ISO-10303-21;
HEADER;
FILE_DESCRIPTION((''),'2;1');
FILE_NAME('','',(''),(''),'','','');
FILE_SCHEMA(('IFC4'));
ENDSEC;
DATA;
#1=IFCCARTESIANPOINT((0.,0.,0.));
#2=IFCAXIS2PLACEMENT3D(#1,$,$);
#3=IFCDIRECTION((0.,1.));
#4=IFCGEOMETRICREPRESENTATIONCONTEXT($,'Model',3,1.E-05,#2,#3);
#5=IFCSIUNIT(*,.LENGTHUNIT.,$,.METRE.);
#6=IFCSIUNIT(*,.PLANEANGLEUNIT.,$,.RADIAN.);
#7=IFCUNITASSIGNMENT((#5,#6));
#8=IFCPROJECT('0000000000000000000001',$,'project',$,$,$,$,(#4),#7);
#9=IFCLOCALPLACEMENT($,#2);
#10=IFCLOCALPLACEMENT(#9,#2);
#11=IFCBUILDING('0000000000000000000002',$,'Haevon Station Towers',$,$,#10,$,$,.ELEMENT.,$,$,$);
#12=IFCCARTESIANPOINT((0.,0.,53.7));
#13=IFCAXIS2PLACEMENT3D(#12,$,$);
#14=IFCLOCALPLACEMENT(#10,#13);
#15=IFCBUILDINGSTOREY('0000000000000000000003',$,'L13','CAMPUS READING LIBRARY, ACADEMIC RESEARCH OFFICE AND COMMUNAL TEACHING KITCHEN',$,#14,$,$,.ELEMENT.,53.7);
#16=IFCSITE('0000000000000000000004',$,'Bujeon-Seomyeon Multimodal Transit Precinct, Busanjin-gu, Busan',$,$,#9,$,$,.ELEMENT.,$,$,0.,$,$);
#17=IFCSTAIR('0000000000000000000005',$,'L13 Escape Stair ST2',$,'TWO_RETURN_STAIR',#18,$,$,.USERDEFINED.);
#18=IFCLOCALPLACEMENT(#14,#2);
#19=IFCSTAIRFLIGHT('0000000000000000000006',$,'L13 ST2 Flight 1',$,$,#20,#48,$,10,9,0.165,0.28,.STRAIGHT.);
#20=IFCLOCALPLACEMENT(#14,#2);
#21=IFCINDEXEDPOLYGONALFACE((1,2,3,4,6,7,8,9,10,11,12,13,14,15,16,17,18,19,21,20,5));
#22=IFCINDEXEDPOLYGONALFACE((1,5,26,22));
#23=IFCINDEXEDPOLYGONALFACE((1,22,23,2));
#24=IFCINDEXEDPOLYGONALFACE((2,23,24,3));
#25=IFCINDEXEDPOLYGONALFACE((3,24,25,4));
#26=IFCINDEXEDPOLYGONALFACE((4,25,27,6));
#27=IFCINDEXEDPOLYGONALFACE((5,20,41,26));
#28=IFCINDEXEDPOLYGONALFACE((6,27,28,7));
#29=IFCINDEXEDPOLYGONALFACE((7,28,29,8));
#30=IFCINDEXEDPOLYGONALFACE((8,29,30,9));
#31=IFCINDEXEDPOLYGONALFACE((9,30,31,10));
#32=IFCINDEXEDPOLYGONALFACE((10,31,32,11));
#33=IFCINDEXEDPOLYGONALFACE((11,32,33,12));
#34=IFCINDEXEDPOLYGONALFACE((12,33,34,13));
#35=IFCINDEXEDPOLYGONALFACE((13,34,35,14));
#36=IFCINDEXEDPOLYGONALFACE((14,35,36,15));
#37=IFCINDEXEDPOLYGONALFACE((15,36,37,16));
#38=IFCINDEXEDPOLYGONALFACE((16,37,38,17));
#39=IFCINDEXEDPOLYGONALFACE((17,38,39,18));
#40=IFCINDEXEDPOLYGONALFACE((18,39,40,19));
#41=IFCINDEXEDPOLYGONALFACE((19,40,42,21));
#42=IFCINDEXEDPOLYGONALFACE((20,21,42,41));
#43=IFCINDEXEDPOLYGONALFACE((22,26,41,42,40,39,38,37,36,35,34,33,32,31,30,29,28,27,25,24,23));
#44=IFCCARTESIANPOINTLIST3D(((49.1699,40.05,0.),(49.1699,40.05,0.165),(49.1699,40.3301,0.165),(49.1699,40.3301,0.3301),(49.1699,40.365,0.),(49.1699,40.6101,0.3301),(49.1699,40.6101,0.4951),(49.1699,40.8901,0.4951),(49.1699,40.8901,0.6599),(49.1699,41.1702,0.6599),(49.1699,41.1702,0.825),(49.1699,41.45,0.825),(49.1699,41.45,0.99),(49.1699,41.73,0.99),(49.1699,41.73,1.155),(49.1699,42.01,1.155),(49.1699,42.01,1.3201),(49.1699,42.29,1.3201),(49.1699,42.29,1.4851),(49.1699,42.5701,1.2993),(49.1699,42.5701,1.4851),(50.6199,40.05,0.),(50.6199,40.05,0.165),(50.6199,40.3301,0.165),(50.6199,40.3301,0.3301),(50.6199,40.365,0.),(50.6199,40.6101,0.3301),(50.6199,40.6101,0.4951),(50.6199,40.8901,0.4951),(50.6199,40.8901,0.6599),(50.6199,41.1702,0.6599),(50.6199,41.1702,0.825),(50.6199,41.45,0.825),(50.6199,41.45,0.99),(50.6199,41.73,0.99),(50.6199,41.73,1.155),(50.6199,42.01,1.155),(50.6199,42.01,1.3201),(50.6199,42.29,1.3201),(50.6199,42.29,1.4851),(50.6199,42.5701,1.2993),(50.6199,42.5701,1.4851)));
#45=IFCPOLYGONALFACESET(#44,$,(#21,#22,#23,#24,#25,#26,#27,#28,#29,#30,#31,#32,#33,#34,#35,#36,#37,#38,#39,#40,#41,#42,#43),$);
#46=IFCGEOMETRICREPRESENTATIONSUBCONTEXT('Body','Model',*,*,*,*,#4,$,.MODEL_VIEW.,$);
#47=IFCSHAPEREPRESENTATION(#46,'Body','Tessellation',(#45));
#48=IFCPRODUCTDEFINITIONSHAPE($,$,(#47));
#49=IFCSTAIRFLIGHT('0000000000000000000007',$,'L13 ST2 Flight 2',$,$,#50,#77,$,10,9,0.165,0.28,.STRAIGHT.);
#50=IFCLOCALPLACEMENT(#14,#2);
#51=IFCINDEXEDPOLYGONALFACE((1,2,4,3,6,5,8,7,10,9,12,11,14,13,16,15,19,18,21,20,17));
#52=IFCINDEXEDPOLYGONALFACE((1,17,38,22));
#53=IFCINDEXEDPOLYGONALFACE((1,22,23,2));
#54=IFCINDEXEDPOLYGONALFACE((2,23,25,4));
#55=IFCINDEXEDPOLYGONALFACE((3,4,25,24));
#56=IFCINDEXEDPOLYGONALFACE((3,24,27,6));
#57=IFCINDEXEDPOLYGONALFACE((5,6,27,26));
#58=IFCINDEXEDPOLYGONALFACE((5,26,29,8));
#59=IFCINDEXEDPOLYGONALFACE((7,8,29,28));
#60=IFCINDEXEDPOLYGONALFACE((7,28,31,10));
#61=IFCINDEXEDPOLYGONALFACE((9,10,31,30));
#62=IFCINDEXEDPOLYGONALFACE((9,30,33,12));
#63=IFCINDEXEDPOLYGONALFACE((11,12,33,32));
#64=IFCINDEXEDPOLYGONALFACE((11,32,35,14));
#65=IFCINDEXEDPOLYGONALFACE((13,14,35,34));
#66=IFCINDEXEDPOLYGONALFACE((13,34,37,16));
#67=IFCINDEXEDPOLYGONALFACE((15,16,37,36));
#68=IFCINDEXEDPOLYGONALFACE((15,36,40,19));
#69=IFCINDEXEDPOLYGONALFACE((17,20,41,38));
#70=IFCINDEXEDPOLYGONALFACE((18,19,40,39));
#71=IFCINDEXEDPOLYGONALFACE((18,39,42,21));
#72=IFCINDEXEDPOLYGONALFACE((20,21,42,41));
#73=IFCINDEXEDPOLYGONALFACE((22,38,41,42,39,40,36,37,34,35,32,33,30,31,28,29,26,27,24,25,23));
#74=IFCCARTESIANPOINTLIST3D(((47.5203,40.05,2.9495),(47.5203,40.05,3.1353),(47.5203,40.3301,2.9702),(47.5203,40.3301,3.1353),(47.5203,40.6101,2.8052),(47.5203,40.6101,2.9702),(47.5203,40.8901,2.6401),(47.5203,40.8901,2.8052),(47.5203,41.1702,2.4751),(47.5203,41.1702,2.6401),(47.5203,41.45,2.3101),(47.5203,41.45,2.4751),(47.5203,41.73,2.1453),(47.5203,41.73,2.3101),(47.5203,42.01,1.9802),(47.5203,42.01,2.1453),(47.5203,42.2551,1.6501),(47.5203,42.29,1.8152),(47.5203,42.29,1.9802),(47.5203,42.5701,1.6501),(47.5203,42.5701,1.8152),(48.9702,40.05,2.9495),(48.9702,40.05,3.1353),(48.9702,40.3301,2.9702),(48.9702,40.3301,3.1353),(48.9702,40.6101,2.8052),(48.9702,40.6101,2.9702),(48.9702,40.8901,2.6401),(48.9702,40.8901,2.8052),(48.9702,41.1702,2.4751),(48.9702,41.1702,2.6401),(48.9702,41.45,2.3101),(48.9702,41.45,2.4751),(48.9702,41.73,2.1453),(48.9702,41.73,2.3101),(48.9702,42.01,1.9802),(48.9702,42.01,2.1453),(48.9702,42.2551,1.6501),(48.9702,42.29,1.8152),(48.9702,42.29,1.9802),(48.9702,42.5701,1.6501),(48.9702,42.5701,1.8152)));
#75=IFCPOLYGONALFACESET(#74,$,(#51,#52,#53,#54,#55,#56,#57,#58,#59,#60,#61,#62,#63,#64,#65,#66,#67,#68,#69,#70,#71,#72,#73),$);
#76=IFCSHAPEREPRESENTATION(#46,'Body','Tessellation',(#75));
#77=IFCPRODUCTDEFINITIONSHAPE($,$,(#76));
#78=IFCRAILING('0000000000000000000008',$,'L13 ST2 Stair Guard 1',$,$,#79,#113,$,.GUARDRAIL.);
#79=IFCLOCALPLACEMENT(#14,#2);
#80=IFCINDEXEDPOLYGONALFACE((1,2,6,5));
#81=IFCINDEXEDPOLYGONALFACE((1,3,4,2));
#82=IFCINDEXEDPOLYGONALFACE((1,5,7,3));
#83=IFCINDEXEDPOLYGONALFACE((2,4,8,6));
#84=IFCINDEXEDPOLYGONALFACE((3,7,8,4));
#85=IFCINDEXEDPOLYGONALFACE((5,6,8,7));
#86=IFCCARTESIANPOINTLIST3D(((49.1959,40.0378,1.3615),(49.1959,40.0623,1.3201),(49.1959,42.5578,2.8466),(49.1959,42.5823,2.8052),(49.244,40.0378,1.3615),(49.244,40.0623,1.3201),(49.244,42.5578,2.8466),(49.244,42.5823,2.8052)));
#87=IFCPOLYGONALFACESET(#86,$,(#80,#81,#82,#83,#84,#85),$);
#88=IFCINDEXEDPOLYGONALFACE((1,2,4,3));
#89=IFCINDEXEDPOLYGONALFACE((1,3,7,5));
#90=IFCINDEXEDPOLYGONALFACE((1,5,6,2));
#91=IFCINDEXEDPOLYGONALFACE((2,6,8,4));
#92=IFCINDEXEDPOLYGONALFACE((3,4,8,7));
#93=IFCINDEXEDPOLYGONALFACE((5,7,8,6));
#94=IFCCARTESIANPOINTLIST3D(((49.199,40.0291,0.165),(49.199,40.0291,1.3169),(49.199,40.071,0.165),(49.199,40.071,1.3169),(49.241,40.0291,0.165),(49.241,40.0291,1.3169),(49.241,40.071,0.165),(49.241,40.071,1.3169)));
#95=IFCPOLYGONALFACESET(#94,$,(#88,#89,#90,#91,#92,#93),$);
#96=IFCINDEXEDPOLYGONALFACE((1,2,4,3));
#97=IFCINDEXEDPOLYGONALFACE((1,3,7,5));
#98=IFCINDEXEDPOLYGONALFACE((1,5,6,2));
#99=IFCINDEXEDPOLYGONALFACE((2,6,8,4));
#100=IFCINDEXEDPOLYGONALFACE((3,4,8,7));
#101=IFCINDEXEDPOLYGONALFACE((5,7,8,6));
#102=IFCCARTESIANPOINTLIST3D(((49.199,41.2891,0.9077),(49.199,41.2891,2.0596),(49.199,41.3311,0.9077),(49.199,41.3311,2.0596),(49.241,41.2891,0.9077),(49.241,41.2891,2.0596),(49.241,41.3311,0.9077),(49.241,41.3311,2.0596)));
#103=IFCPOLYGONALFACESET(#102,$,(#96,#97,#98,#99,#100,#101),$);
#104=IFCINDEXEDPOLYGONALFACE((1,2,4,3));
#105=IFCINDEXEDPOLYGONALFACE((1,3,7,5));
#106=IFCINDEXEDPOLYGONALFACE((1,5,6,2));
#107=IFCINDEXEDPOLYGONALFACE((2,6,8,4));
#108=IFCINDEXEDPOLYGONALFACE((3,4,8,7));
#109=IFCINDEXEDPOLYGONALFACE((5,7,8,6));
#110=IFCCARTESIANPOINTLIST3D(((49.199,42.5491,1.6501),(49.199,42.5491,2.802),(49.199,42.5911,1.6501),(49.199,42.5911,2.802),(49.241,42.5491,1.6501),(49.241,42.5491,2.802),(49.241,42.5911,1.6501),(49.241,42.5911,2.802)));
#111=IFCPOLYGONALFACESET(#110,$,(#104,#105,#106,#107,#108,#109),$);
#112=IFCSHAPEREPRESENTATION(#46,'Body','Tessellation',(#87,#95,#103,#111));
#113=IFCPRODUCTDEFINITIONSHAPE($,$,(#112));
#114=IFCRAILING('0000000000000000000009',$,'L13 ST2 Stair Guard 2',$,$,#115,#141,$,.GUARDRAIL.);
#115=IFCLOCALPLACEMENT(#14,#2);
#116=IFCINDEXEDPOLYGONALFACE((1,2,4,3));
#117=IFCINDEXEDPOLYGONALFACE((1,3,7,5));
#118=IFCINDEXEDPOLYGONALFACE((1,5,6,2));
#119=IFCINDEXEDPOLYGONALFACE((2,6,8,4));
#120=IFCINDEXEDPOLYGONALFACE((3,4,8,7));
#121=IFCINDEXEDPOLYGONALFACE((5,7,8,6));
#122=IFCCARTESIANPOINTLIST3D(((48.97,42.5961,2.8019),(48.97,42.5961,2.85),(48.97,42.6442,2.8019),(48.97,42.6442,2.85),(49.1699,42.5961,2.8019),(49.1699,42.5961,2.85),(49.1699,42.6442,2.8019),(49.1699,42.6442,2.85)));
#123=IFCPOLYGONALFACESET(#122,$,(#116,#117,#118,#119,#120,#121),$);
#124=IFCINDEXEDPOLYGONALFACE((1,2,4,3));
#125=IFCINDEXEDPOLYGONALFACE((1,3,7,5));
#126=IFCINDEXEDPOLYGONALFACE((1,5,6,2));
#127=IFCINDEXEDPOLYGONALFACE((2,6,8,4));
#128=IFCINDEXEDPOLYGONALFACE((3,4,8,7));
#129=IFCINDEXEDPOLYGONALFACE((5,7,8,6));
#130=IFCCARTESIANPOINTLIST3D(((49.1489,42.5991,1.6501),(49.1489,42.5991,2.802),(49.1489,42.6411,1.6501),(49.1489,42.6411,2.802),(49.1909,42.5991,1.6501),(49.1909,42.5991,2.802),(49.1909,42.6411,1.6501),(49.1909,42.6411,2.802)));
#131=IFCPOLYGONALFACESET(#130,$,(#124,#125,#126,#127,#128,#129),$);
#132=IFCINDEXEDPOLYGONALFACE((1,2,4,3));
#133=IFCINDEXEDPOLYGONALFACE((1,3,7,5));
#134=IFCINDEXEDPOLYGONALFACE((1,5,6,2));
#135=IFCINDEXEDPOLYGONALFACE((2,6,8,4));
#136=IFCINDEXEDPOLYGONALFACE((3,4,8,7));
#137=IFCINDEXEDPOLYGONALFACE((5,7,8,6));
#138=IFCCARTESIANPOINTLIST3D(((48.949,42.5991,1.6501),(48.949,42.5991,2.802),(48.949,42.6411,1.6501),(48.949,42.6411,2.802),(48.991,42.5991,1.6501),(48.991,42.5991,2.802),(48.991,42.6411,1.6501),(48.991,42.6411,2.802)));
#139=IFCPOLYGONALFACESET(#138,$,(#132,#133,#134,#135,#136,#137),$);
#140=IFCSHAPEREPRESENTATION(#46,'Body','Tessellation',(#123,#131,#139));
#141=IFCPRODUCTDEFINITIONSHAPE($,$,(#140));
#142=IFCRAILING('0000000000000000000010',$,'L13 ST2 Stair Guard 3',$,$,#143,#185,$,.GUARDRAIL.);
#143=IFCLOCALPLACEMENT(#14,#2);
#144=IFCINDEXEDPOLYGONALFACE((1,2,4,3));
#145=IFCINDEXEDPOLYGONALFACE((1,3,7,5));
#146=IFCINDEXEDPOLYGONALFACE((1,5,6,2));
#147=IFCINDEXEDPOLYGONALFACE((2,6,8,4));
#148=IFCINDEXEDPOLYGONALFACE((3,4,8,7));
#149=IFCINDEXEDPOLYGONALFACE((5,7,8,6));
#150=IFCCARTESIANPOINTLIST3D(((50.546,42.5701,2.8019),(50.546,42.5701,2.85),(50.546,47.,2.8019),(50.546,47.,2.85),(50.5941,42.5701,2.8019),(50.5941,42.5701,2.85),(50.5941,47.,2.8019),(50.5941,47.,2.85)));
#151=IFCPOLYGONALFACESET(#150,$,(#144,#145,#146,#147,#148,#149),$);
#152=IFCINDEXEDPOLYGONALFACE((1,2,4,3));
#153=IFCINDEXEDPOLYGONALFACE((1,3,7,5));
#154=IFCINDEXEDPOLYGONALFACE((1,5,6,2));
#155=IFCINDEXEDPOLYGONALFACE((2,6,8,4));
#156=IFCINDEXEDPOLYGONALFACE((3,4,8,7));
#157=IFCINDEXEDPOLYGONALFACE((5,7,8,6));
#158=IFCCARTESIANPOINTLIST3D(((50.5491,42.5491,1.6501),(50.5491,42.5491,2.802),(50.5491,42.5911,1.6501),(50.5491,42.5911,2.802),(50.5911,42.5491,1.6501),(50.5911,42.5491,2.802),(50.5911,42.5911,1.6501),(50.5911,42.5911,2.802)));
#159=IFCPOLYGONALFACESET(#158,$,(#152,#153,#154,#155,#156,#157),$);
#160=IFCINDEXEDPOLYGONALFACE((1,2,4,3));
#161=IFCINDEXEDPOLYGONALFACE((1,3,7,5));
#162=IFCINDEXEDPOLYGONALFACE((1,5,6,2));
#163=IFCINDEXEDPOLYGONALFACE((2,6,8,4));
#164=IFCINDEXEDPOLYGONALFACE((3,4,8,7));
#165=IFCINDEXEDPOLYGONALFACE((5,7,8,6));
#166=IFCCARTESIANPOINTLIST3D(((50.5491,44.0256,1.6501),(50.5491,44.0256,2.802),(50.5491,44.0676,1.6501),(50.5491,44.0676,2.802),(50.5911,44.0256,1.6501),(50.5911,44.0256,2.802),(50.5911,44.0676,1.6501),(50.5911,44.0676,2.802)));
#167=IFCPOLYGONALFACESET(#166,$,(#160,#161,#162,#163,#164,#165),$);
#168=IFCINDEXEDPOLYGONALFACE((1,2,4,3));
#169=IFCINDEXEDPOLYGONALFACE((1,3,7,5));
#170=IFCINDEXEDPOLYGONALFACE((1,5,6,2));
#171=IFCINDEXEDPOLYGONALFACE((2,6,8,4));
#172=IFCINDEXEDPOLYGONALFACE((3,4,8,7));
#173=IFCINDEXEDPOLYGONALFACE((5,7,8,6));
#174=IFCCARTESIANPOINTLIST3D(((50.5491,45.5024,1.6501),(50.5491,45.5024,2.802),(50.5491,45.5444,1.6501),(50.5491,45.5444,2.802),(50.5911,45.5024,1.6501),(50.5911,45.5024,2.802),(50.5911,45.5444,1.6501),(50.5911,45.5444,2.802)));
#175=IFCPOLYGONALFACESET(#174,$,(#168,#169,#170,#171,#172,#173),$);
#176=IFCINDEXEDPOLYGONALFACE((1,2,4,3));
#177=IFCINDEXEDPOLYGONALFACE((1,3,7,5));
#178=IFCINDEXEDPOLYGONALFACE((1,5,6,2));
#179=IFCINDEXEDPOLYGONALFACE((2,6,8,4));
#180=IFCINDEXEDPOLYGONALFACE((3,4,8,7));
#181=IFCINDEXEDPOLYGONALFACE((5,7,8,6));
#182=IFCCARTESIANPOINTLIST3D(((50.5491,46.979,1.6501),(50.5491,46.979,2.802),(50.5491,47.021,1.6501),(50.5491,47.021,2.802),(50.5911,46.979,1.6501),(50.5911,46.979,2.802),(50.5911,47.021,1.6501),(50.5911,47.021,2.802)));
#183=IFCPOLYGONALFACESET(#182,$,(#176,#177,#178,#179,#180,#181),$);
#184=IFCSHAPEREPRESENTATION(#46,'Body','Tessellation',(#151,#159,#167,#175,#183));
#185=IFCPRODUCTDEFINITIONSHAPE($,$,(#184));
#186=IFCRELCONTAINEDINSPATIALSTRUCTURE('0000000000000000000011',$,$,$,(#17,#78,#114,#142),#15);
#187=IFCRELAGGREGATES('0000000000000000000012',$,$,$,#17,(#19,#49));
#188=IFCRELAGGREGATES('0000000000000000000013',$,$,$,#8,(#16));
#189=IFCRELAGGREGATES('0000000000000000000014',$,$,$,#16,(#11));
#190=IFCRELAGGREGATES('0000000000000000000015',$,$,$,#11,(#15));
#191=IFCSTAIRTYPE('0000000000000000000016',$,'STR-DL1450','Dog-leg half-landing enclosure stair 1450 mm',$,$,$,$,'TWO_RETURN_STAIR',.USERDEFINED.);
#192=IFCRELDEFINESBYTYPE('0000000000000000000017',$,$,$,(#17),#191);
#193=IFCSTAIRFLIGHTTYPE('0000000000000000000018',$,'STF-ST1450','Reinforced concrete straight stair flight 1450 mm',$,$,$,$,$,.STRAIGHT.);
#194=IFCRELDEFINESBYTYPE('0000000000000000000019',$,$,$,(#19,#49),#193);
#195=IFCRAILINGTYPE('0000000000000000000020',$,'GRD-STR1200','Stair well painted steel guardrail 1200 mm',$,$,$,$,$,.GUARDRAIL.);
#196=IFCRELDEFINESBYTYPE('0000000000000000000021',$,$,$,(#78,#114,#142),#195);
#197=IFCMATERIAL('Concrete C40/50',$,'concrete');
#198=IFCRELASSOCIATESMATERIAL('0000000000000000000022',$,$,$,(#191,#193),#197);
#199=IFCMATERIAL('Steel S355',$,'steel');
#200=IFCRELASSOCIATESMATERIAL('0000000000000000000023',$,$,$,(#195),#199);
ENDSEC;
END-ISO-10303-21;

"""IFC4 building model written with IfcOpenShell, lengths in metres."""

from ifc_helpers import new_model, si_unit, direction, frame, origin, origin_2d, place, context, subcontext, project, spatial, polyline, rectangle, outline, extrude, material, type_object, element, aggregate, save


model = new_model("IFC4")

# Units and contexts
model_context = context("Model", 3, precision=1e-05, world=origin(), true_north=direction((0.0, 1.0)))
body_context = subcontext(model_context, "Body", "Model", "MODEL_VIEW")
ifc_project = project(units=[si_unit("LENGTHUNIT", "METRE"), si_unit("PLANEANGLEUNIT", "RADIAN")], contexts=[model_context])

# Site, building, storey
site_placement = place(None, origin())
site = spatial("IfcSite", under=ifc_project, at=site_placement, Name="Bujeon-Seomyeon Multimodal Transit Precinct, Busanjin-gu, Busan", CompositionType="ELEMENT", RefElevation=0.0)
building_placement = place(site_placement, origin())
building = spatial("IfcBuilding", under=site, at=building_placement, Name="Haevon Station Towers", CompositionType="ELEMENT")
storey_placement = place(building_placement, frame((0.0, 0.0, 53.7)))
storey = spatial("IfcBuildingStorey", under=building, at=storey_placement, Name="L13", Description="CAMPUS READING LIBRARY, ACADEMIC RESEARCH OFFICE AND COMMUNAL TEACHING KITCHEN", CompositionType="ELEMENT", Elevation=53.7)

# Shared definitions
ifc_material_1 = material(Name="Steel S355", Category="steel")

# Shared definitions
ifc_material_2 = material(Name="Concrete C40/50", Category="concrete")

# Stair, stair flights
stair_type = type_object("IfcStairType", Name="STR-DL1450", Description="Dog-leg half-landing enclosure stair 1450 mm", ElementType="TWO_RETURN_STAIR", PredefinedType="USERDEFINED", material=ifc_material_2)
stair_placement = place(storey_placement, origin())
stair = element("IfcStair", 1, at=stair_placement, inside=storey, type_object=stair_type, Name="L13 Escape Stair ST2", ObjectType="TWO_RETURN_STAIR", PredefinedType="USERDEFINED")
stair_flight_type = type_object("IfcStairFlightType", Name="STF-ST1450", Description="Reinforced concrete straight stair flight 1450 mm", PredefinedType="STRAIGHT", material=ifc_material_2)
stair_flight_1_placement = place(storey_placement, frame((49.895, 40.05, 0.0), z_axis=(0.0, 0.0, 1.0), x_axis=(0.0, 1.0, 0.0)))
stair_flight_1 = element("IfcStairFlight", 2, at=stair_flight_1_placement, type_object=stair_flight_type, Name="L13 ST2 Flight 1", NumberOfRisers=10, NumberOfTreads=9, PredefinedType="STRAIGHT", RiserHeight=0.165, TreadLength=0.28, context=body_context, shape_type="SweptSolid", body=[
    extrude(outline(polyline([(0.0, 0.0), (0.0, 0.165), (0.28, 0.165), (0.28, 0.3301), (0.5601, 0.3301), (0.5601, 0.4951), (0.8401, 0.4951), (0.8401, 0.6599), (1.1201, 0.6599), (1.1201, 0.825), (1.3999, 0.825), (1.3999, 0.99), (1.6799, 0.99), (1.6799, 1.155), (1.96, 1.155), (1.96, 1.3201), (2.24, 1.3201), (2.24, 1.4851), (2.52, 1.4851), (2.52, 1.6499), (2.52, 1.2993), (0.3149, 0.0), (0.0, 0.0)])), frame((0.0, 0.7251, 0.0), z_axis=(0.0, -1.0, 0.0), x_axis=(1.0, 0.0, 0.0)), (0.0, 0.0, 1.0), 1.45),
])
stair_flight_2_placement = place(storey_placement, frame((48.2451, 42.5701, 1.6501), z_axis=(0.0, 0.0, 1.0), x_axis=(0.0, -1.0, 0.0)))
stair_flight_2 = element("IfcStairFlight", 3, at=stair_flight_2_placement, type_object=stair_flight_type, Name="L13 ST2 Flight 2", NumberOfRisers=10, NumberOfTreads=9, PredefinedType="STRAIGHT", RiserHeight=0.165, TreadLength=0.28, context=body_context, shape_type="SweptSolid", body=[
    extrude(outline(polyline([(0.0, 0.0), (0.0, 0.165), (0.28, 0.165), (0.28, 0.3301), (0.5601, 0.3301), (0.5601, 0.4951), (0.8401, 0.4951), (0.8401, 0.6599), (1.1201, 0.6599), (1.1201, 0.825), (1.3999, 0.825), (1.3999, 0.99), (1.6799, 0.99), (1.6799, 1.155), (1.96, 1.155), (1.96, 1.3201), (2.24, 1.3201), (2.24, 1.4851), (2.52, 1.4851), (2.52, 1.6499), (2.52, 1.2993), (0.3149, 0.0), (0.0, 0.0)])), frame((0.0, 0.7251, 0.0), z_axis=(0.0, -1.0, 0.0), x_axis=(1.0, 0.0, 0.0)), (0.0, 0.0, 1.0), 1.45),
])
aggregate(stair, [stair_flight_1, stair_flight_2])

# Railings
railing_type_1 = type_object("IfcRailingType", Name="GRD-STR1200", Description="Stair well painted steel guardrail 1200 mm", PredefinedType="GUARDRAIL", material=ifc_material_1)
railing_1_placement = place(storey_placement, frame((49.22, 40.05, 0.165)))
element("IfcRailing", 4, at=railing_1_placement, inside=storey, type_object=railing_type_1, Name="L13 ST2 Stair Guard 1", PredefinedType="GUARDRAIL", context=body_context, shape_type="SweptSolid", body=[
    extrude(rectangle(XDim=0.0481, YDim=0.0481, at=origin_2d()), frame((0.0, 0.0, 1.1758), z_axis=(0.0, 0.861524, 0.507717), x_axis=(-1.0, 0.0, 0.0)), (0.0, 0.0, 1.0), 2.925),
    extrude(rectangle(XDim=0.042, YDim=0.042, at=origin_2d()), origin(), (0.0, 0.0, 1.0), 1.1519),
    extrude(rectangle(XDim=0.042, YDim=0.042, at=origin_2d()), frame((0.0, 1.26, 0.7427)), (0.0, 0.0, 1.0), 1.1519),
    extrude(rectangle(XDim=0.042, YDim=0.042, at=origin_2d()), frame((0.0, 2.52, 1.4851)), (0.0, 0.0, 1.0), 1.1519),
])
railing_2_placement = place(storey_placement, frame((49.1699, 42.6201, 1.6501)))
element("IfcRailing", 5, at=railing_2_placement, inside=storey, type_object=railing_type_1, Name="L13 ST2 Stair Guard 2", PredefinedType="GUARDRAIL", context=body_context, shape_type="SweptSolid", body=[
    extrude(rectangle(XDim=0.0481, YDim=0.0481, at=origin_2d()), frame((0.0, 0.0, 1.1758), z_axis=(-1.0, 0.0, 0.0), x_axis=(0.0, -1.0, 0.0)), (0.0, 0.0, 1.0), 0.2),
    extrude(rectangle(XDim=0.042, YDim=0.042, at=origin_2d()), origin(), (0.0, 0.0, 1.0), 1.1519),
    extrude(rectangle(XDim=0.042, YDim=0.042, at=origin_2d()), frame((-0.2, 0.0, 0.0)), (0.0, 0.0, 1.0), 1.1519),
])
for number, where, name in (
    (6, (50.5701, 42.5701, 1.6501), "L13 ST2 Stair Guard 3"),
):
    element("IfcRailing", number, at=place(storey_placement, frame(where)), inside=storey, type_object=railing_type_1, Name=name, PredefinedType="GUARDRAIL", context=body_context, shape_type="SweptSolid", body=[
        extrude(rectangle(XDim=0.0481, YDim=0.0481, at=origin_2d()), frame((0.0, 0.0, 1.1758), z_axis=(0.0, 1.0, 0.0), x_axis=(-1.0, 0.0, 0.0)), (0.0, 0.0, 1.0), 4.4299),
        extrude(rectangle(XDim=0.042, YDim=0.042, at=origin_2d()), origin(), (0.0, 0.0, 1.0), 1.1519),
        extrude(rectangle(XDim=0.042, YDim=0.042, at=origin_2d()), frame((0.0, 1.4766, 0.0)), (0.0, 0.0, 1.0), 1.1519),
        extrude(rectangle(XDim=0.042, YDim=0.042, at=origin_2d()), frame((0.0, 2.9534, 0.0)), (0.0, 0.0, 1.0), 1.1519),
        extrude(rectangle(XDim=0.042, YDim=0.042, at=origin_2d()), frame((0.0, 4.4299, 0.0)), (0.0, 0.0, 1.0), 1.1519),
    ])

save(model, "model.ifc")
